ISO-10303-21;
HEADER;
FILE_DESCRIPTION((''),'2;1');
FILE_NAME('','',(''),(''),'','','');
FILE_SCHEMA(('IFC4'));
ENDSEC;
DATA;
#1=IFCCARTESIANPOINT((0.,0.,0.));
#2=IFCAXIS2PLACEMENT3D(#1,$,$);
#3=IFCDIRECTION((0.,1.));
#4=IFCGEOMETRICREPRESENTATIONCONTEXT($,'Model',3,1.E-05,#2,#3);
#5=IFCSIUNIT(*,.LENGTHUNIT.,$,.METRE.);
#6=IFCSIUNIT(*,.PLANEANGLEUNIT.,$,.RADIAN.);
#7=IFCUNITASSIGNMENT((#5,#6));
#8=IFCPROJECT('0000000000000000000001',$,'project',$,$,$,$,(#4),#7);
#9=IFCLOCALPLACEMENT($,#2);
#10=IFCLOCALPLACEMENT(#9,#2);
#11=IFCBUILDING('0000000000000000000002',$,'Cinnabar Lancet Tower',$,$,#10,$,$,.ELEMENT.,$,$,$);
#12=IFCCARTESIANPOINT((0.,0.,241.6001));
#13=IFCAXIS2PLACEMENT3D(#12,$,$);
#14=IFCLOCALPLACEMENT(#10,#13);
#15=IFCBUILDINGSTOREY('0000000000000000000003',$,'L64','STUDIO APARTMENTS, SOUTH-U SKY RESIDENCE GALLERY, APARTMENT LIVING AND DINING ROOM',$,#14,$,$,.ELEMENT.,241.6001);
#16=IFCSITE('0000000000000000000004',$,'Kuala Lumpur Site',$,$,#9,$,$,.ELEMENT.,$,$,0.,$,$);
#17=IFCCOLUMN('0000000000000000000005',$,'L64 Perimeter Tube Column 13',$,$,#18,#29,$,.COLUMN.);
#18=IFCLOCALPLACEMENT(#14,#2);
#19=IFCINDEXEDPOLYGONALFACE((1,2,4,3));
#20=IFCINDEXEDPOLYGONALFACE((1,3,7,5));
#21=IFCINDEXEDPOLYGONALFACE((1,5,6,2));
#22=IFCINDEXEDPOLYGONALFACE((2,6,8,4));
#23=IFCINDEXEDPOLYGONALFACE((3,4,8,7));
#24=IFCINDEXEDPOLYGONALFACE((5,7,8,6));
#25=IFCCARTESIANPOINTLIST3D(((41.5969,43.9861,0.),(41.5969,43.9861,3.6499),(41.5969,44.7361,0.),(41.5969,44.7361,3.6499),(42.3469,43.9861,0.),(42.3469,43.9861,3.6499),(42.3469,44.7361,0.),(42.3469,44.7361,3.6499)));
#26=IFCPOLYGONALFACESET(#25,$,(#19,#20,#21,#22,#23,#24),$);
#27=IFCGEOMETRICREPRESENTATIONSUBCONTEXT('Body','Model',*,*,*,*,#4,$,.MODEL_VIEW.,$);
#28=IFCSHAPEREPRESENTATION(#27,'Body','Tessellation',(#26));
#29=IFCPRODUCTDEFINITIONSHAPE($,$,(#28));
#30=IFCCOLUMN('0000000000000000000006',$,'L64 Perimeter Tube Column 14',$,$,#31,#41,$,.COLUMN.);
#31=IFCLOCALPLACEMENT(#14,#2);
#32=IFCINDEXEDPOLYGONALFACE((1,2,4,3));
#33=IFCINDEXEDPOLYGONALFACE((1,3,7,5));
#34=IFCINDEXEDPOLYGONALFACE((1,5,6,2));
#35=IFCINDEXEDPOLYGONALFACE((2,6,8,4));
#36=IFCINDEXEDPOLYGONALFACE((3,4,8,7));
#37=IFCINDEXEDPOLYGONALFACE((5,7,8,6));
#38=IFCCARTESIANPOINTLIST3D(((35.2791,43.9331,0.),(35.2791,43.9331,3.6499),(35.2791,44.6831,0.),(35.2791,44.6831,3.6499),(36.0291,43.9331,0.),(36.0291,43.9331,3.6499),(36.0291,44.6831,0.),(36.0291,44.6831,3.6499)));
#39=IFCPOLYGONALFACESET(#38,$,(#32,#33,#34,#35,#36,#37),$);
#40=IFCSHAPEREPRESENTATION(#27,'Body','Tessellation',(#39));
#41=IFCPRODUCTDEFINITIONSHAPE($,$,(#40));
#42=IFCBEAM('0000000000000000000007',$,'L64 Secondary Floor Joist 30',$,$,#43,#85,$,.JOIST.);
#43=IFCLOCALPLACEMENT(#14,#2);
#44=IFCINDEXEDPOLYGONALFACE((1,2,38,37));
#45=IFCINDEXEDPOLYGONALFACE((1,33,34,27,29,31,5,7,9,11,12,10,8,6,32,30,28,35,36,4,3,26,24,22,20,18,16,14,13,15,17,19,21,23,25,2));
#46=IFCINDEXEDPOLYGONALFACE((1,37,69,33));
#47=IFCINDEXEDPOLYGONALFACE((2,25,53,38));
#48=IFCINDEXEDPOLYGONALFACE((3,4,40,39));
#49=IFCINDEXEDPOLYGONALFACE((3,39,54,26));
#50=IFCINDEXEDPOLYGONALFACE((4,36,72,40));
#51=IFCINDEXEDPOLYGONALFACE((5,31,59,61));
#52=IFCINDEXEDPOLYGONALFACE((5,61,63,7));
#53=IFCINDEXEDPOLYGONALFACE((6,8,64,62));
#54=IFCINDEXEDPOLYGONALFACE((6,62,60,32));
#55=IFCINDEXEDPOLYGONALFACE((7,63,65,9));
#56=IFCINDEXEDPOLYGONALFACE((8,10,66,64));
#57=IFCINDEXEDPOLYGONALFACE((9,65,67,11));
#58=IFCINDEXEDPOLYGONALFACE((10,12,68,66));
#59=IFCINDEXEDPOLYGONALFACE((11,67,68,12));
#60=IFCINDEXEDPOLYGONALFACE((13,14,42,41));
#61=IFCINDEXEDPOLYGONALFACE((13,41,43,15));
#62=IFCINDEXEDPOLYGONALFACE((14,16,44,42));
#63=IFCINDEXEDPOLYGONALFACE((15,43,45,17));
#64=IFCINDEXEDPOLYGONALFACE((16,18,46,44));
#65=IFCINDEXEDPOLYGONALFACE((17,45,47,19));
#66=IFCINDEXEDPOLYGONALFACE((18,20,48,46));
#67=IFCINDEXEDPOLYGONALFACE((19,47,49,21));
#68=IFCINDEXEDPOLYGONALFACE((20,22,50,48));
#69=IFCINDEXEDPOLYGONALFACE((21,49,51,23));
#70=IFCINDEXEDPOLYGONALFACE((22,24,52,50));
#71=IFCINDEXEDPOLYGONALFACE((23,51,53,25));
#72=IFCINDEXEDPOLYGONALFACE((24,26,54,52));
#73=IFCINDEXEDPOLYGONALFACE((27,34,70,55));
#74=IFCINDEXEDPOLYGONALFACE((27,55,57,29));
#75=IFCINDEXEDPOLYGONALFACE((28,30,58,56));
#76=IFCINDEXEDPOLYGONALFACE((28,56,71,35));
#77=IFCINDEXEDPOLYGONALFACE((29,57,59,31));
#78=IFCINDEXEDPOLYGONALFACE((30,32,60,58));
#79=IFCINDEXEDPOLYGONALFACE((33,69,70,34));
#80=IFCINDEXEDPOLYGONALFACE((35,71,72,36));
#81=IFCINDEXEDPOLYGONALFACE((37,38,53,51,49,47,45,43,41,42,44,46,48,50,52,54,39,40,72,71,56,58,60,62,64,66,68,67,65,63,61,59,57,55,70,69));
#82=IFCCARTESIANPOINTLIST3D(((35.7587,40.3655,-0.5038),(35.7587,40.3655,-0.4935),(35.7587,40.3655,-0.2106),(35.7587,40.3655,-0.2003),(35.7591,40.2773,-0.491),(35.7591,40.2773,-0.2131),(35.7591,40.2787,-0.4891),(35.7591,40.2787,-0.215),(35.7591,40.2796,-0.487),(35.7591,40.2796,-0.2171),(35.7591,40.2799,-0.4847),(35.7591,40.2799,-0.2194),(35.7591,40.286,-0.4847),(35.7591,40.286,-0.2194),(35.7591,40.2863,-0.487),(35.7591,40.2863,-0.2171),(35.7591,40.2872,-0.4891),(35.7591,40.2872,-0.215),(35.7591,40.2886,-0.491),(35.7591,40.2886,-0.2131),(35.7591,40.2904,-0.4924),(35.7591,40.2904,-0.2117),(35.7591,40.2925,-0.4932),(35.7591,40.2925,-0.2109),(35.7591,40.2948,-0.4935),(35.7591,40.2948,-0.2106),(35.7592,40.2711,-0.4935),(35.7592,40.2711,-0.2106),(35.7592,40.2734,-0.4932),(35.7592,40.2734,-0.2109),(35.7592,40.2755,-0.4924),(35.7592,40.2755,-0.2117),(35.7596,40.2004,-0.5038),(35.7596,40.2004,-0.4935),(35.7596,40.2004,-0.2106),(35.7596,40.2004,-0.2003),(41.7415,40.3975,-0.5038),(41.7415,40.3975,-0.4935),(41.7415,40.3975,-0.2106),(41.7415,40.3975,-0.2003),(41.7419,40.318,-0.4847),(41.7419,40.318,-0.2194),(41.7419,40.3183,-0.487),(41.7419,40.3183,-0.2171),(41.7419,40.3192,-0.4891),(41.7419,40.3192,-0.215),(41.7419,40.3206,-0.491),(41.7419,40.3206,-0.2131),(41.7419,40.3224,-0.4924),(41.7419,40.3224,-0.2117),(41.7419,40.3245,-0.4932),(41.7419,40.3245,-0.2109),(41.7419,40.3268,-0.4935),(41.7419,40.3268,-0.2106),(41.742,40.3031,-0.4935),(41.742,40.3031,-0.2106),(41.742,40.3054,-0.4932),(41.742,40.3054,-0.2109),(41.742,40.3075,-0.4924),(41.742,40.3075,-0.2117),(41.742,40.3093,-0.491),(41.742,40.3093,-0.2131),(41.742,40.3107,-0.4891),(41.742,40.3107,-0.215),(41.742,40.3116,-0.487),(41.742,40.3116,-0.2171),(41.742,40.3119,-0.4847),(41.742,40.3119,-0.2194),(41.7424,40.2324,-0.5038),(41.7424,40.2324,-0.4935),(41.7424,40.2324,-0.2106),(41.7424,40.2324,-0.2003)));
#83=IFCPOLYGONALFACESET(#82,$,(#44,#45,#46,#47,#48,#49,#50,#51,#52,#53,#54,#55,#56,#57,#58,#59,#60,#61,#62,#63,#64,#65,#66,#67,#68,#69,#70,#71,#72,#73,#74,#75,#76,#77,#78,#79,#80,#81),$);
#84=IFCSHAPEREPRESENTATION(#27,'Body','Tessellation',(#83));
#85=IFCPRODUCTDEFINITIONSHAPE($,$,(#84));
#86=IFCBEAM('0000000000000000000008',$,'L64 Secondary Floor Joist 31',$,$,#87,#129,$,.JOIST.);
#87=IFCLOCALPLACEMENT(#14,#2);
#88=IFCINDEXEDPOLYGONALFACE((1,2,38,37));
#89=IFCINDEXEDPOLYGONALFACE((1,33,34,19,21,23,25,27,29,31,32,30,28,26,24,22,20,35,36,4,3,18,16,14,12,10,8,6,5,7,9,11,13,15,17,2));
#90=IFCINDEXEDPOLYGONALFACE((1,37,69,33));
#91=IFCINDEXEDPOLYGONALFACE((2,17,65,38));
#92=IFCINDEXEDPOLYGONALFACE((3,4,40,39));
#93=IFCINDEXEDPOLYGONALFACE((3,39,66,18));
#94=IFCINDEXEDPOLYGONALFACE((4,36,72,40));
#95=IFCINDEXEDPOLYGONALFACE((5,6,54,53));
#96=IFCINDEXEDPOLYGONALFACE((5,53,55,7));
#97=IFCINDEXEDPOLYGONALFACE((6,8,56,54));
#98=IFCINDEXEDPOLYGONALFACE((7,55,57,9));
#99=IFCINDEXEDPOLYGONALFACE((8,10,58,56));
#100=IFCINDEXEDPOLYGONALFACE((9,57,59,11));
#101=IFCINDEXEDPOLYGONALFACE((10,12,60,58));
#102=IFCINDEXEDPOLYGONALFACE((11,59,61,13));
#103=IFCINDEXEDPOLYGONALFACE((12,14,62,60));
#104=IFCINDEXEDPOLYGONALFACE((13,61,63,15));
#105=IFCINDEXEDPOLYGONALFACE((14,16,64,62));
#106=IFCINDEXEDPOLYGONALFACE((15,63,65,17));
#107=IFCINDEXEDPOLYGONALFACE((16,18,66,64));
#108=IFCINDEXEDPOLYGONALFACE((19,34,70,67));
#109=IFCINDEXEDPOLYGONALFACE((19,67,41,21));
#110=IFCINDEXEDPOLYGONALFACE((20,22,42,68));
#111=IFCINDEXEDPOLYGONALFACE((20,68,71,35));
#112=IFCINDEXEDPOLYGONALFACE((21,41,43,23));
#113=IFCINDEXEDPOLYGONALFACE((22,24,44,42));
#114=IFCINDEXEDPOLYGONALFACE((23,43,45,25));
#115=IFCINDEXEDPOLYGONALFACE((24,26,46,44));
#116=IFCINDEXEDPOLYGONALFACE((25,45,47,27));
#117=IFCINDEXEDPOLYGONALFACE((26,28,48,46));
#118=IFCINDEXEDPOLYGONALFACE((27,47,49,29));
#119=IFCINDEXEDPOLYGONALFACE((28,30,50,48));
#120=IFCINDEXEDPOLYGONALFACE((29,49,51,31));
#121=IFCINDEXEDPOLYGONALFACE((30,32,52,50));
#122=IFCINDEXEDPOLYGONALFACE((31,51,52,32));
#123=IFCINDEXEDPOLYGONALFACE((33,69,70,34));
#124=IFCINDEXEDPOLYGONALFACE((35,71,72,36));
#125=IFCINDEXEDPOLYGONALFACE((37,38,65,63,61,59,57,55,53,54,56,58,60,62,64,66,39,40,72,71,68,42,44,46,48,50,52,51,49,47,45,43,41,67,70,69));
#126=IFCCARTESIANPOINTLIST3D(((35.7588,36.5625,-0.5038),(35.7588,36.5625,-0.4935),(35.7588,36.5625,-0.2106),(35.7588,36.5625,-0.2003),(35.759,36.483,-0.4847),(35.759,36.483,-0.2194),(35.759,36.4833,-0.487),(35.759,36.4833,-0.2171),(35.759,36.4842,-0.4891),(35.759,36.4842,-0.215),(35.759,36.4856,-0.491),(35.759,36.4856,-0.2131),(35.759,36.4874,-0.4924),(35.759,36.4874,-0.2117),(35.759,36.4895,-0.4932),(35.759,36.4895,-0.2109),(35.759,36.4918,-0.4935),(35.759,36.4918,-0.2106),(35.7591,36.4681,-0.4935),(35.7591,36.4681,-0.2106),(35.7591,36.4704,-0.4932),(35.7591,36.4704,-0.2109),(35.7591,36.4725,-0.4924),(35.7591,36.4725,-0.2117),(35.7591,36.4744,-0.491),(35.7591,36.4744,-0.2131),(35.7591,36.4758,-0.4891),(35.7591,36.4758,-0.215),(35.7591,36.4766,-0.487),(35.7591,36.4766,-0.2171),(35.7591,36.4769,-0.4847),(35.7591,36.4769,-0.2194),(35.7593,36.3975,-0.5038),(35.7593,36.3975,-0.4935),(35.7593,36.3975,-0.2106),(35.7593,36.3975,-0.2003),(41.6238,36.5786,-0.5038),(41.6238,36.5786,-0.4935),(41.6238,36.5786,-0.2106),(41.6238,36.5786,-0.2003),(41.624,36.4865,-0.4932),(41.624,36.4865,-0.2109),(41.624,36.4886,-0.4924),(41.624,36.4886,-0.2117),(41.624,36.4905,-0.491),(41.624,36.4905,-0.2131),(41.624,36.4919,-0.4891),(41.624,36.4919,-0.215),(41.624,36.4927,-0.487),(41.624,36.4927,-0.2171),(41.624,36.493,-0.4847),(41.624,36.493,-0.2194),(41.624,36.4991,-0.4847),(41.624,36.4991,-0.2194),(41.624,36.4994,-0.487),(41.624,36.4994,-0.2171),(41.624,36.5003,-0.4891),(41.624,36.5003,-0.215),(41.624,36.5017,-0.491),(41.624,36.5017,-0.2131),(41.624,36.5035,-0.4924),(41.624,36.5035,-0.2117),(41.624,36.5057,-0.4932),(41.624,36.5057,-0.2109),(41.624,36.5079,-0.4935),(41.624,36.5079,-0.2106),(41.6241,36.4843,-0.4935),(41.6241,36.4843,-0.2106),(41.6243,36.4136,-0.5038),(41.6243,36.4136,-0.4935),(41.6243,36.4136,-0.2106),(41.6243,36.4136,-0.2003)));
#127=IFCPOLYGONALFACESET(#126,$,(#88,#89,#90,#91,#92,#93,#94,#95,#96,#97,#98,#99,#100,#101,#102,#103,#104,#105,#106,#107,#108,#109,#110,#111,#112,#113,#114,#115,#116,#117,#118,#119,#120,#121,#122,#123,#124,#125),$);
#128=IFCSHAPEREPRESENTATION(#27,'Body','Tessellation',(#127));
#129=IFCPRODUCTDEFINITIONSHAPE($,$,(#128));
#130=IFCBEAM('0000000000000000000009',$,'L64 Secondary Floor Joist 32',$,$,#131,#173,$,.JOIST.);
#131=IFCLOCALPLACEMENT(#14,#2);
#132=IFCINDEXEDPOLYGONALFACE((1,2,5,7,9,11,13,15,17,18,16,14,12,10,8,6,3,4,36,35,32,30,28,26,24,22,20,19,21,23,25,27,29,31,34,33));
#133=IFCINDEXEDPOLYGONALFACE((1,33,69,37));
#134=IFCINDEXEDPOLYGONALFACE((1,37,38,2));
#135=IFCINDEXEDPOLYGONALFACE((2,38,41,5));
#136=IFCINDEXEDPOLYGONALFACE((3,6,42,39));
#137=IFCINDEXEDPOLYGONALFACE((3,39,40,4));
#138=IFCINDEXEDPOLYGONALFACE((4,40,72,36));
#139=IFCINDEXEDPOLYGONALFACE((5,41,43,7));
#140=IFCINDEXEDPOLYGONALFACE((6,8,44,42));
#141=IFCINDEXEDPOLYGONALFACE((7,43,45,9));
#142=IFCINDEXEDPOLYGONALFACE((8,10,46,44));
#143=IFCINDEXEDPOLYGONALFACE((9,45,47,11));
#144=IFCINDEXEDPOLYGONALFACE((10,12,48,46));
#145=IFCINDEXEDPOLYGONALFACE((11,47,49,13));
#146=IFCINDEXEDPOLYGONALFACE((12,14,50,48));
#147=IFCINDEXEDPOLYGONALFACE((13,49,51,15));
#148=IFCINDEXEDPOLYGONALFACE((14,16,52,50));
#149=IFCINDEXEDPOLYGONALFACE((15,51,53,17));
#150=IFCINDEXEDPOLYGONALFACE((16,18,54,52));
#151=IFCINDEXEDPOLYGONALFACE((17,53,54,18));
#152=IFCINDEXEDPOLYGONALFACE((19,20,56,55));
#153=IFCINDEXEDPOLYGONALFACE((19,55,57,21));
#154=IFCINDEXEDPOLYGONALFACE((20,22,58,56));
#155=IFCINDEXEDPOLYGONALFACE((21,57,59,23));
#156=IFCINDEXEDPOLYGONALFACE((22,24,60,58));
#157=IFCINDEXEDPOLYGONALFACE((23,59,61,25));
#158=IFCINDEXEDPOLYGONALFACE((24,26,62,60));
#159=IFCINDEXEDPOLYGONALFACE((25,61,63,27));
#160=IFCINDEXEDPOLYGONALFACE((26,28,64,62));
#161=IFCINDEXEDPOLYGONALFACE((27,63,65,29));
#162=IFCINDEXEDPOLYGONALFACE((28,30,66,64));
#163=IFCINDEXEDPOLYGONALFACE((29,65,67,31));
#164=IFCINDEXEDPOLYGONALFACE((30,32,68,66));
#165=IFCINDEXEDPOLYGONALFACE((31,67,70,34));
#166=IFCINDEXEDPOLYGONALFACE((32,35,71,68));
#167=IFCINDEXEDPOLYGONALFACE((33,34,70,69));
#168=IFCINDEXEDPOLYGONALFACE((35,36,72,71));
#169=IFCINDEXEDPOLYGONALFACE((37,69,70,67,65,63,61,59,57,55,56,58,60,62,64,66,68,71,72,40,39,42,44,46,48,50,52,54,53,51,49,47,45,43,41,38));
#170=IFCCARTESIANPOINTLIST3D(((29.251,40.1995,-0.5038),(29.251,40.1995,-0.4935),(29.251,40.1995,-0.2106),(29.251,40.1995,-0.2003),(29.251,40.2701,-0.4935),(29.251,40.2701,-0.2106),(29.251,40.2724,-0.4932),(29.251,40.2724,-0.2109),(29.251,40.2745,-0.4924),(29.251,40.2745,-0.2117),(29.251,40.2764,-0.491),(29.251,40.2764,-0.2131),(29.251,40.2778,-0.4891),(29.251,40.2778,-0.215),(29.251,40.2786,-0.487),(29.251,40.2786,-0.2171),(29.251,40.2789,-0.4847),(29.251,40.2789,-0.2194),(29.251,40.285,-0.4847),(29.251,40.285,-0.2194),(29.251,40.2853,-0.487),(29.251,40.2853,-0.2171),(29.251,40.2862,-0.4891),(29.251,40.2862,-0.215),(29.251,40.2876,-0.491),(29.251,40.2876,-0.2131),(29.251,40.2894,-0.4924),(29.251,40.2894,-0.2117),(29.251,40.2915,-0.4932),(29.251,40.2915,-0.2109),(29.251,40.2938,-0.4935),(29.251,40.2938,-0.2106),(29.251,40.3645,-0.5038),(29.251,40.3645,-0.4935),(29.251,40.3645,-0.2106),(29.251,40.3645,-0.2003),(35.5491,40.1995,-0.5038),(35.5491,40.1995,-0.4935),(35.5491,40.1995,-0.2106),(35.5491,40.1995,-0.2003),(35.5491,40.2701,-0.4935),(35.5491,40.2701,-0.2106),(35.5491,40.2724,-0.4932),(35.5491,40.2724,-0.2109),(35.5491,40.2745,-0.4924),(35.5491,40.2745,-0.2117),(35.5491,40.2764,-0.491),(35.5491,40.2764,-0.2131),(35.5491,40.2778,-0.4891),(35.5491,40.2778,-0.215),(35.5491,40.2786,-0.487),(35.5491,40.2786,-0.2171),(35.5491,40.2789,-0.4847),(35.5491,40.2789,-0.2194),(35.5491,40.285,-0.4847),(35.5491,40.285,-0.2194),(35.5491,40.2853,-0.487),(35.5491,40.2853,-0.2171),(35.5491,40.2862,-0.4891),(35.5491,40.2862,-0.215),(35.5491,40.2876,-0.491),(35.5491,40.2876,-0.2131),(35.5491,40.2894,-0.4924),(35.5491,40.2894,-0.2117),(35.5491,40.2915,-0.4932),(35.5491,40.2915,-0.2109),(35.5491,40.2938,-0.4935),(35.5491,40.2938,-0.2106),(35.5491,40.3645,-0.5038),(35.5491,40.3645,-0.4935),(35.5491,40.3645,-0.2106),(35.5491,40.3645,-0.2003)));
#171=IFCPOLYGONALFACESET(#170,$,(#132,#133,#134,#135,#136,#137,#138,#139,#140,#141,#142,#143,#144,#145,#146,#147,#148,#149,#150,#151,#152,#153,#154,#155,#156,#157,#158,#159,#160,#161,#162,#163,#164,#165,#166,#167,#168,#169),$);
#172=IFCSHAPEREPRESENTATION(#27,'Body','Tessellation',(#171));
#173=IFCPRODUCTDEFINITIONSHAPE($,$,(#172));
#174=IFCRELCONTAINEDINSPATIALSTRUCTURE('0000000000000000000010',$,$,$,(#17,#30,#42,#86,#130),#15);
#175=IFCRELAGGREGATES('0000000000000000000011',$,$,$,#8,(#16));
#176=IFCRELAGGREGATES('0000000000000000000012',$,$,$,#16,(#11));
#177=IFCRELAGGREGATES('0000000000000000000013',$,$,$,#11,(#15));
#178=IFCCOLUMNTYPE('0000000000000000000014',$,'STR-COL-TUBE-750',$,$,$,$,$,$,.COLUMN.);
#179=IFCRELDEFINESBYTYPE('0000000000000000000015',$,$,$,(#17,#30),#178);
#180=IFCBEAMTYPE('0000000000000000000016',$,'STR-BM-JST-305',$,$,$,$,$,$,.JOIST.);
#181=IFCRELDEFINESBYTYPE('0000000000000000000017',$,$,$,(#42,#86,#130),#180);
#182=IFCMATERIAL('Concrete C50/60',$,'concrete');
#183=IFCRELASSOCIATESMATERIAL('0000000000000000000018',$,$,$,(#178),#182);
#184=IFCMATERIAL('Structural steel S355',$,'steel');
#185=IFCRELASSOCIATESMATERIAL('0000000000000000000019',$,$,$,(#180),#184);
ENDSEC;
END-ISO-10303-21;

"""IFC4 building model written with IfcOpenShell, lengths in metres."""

from ifc_helpers import new_model, si_unit, direction, frame, origin, origin_2d, place, context, subcontext, project, spatial, rectangle, i_section, extrude, material, material_profile, profile_set, type_object, element, save


model = new_model("IFC4")

# Units and contexts
model_context = context("Model", 3, precision=1e-05, world=origin(), true_north=direction((0.0, 1.0)))
body_context = subcontext(model_context, "Body", "Model", "MODEL_VIEW")
ifc_project = project(units=[si_unit("LENGTHUNIT", "METRE"), si_unit("PLANEANGLEUNIT", "RADIAN")], contexts=[model_context])

# Site, building, storey
site_placement = place(None, origin())
site = spatial("IfcSite", under=ifc_project, at=site_placement, Name="Kuala Lumpur Site", CompositionType="ELEMENT", RefElevation=0.0)
building_placement = place(site_placement, origin())
building = spatial("IfcBuilding", under=site, at=building_placement, Name="Cinnabar Lancet Tower", CompositionType="ELEMENT")
storey_placement = place(building_placement, frame((0.0, 0.0, 241.6001)))
storey = spatial("IfcBuildingStorey", under=building, at=storey_placement, Name="L64", Description="STUDIO APARTMENTS, SOUTH-U SKY RESIDENCE GALLERY, APARTMENT LIVING AND DINING ROOM", CompositionType="ELEMENT", Elevation=241.6001)

# Columns
ifc_material_1 = material(Name="Concrete C50/60", Category="concrete")
ifc_material_profile_1 = material_profile(ifc_material_1, rectangle(XDim=0.75, YDim=0.75, at=origin_2d()), Name="RC-COL 750x750")
ifc_profile_set_1 = profile_set([ifc_material_profile_1], Name="Concrete C50/60")
column_type = type_object("IfcColumnType", Name="STR-COL-TUBE-750", PredefinedType="COLUMN", material=ifc_profile_set_1)
for number, where, z_axis, x_axis, name in (
    (1, (41.9719, 44.3611, 0.0), (0.0, 0.0, 1.0), (1.0, 0.0, 0.0), "L64 Perimeter Tube Column 13"),
    (2, (35.6541, 44.3081, 0.0), (0.0, 0.0, 1.0), (1.0, 0.0, 0.0), "L64 Perimeter Tube Column 14"),
):
    element("IfcColumn", number, at=place(storey_placement, frame(where, z_axis=z_axis, x_axis=x_axis)), inside=storey, type_object=column_type, Name=name, PredefinedType="COLUMN", context=body_context, shape_type="SweptSolid", body=[
        extrude(rectangle(XDim=0.75, YDim=0.75, at=origin_2d()), origin(), (0.0, 0.0, 1.0), 3.6499),
    ])

# Beams
ifc_material_2 = material(Name="Structural steel S355", Category="steel")
ifc_material_profile_2 = material_profile(ifc_material_2, i_section(OverallWidth=0.165, OverallDepth=0.3035, WebThickness=0.0061, FlangeThickness=0.0103, FilletRadius=0.0088, at=origin_2d()), Name="UKB 305x165x40")
ifc_profile_set_2 = profile_set([ifc_material_profile_2], Name="Structural steel S355")
beam_type_1 = type_object("IfcBeamType", Name="STR-BM-JST-305", PredefinedType="JOIST", material=ifc_profile_set_2)
beam_1_placement = place(storey_placement, frame((41.7419, 40.3149, -0.3521), z_axis=(-0.999986, -0.005346, 0.0), x_axis=(0.005346, -0.999986, 0.0)))
element("IfcBeam", 3, at=beam_1_placement, inside=storey, type_object=beam_type_1, Name="L64 Secondary Floor Joist 30", PredefinedType="JOIST", context=body_context, shape_type="SweptSolid", body=[
    extrude(i_section(OverallWidth=0.165, OverallDepth=0.3035, WebThickness=0.0061, FlangeThickness=0.0103, FilletRadius=0.0088, at=origin_2d()), origin(), (0.0, 0.0, 1.0), 5.9829),
])
beam_2_placement = place(storey_placement, frame((41.624, 36.4961, -0.3521), z_axis=(-0.999996, -0.002747, 0.0), x_axis=(0.002747, -0.999996, 0.0)))
element("IfcBeam", 4, at=beam_2_placement, inside=storey, type_object=beam_type_1, Name="L64 Secondary Floor Joist 31", PredefinedType="JOIST", context=body_context, shape_type="SweptSolid", body=[
    extrude(i_section(OverallWidth=0.165, OverallDepth=0.3035, WebThickness=0.0061, FlangeThickness=0.0103, FilletRadius=0.0088, at=origin_2d()), origin(), (0.0, 0.0, 1.0), 5.865),
])
beam_3_placement = place(storey_placement, frame((35.5491, 40.282, -0.3521), z_axis=(-1.0, 0.0, 0.0), x_axis=(0.0, -1.0, 0.0)))
element("IfcBeam", 5, at=beam_3_placement, inside=storey, type_object=beam_type_1, Name="L64 Secondary Floor Joist 32", PredefinedType="JOIST", context=body_context, shape_type="SweptSolid", body=[
    extrude(i_section(OverallWidth=0.165, OverallDepth=0.3035, WebThickness=0.0061, FlangeThickness=0.0103, FilletRadius=0.0088, at=origin_2d()), origin(), (0.0, 0.0, 1.0), 6.2981),
])

save(model, "model.ifc")
